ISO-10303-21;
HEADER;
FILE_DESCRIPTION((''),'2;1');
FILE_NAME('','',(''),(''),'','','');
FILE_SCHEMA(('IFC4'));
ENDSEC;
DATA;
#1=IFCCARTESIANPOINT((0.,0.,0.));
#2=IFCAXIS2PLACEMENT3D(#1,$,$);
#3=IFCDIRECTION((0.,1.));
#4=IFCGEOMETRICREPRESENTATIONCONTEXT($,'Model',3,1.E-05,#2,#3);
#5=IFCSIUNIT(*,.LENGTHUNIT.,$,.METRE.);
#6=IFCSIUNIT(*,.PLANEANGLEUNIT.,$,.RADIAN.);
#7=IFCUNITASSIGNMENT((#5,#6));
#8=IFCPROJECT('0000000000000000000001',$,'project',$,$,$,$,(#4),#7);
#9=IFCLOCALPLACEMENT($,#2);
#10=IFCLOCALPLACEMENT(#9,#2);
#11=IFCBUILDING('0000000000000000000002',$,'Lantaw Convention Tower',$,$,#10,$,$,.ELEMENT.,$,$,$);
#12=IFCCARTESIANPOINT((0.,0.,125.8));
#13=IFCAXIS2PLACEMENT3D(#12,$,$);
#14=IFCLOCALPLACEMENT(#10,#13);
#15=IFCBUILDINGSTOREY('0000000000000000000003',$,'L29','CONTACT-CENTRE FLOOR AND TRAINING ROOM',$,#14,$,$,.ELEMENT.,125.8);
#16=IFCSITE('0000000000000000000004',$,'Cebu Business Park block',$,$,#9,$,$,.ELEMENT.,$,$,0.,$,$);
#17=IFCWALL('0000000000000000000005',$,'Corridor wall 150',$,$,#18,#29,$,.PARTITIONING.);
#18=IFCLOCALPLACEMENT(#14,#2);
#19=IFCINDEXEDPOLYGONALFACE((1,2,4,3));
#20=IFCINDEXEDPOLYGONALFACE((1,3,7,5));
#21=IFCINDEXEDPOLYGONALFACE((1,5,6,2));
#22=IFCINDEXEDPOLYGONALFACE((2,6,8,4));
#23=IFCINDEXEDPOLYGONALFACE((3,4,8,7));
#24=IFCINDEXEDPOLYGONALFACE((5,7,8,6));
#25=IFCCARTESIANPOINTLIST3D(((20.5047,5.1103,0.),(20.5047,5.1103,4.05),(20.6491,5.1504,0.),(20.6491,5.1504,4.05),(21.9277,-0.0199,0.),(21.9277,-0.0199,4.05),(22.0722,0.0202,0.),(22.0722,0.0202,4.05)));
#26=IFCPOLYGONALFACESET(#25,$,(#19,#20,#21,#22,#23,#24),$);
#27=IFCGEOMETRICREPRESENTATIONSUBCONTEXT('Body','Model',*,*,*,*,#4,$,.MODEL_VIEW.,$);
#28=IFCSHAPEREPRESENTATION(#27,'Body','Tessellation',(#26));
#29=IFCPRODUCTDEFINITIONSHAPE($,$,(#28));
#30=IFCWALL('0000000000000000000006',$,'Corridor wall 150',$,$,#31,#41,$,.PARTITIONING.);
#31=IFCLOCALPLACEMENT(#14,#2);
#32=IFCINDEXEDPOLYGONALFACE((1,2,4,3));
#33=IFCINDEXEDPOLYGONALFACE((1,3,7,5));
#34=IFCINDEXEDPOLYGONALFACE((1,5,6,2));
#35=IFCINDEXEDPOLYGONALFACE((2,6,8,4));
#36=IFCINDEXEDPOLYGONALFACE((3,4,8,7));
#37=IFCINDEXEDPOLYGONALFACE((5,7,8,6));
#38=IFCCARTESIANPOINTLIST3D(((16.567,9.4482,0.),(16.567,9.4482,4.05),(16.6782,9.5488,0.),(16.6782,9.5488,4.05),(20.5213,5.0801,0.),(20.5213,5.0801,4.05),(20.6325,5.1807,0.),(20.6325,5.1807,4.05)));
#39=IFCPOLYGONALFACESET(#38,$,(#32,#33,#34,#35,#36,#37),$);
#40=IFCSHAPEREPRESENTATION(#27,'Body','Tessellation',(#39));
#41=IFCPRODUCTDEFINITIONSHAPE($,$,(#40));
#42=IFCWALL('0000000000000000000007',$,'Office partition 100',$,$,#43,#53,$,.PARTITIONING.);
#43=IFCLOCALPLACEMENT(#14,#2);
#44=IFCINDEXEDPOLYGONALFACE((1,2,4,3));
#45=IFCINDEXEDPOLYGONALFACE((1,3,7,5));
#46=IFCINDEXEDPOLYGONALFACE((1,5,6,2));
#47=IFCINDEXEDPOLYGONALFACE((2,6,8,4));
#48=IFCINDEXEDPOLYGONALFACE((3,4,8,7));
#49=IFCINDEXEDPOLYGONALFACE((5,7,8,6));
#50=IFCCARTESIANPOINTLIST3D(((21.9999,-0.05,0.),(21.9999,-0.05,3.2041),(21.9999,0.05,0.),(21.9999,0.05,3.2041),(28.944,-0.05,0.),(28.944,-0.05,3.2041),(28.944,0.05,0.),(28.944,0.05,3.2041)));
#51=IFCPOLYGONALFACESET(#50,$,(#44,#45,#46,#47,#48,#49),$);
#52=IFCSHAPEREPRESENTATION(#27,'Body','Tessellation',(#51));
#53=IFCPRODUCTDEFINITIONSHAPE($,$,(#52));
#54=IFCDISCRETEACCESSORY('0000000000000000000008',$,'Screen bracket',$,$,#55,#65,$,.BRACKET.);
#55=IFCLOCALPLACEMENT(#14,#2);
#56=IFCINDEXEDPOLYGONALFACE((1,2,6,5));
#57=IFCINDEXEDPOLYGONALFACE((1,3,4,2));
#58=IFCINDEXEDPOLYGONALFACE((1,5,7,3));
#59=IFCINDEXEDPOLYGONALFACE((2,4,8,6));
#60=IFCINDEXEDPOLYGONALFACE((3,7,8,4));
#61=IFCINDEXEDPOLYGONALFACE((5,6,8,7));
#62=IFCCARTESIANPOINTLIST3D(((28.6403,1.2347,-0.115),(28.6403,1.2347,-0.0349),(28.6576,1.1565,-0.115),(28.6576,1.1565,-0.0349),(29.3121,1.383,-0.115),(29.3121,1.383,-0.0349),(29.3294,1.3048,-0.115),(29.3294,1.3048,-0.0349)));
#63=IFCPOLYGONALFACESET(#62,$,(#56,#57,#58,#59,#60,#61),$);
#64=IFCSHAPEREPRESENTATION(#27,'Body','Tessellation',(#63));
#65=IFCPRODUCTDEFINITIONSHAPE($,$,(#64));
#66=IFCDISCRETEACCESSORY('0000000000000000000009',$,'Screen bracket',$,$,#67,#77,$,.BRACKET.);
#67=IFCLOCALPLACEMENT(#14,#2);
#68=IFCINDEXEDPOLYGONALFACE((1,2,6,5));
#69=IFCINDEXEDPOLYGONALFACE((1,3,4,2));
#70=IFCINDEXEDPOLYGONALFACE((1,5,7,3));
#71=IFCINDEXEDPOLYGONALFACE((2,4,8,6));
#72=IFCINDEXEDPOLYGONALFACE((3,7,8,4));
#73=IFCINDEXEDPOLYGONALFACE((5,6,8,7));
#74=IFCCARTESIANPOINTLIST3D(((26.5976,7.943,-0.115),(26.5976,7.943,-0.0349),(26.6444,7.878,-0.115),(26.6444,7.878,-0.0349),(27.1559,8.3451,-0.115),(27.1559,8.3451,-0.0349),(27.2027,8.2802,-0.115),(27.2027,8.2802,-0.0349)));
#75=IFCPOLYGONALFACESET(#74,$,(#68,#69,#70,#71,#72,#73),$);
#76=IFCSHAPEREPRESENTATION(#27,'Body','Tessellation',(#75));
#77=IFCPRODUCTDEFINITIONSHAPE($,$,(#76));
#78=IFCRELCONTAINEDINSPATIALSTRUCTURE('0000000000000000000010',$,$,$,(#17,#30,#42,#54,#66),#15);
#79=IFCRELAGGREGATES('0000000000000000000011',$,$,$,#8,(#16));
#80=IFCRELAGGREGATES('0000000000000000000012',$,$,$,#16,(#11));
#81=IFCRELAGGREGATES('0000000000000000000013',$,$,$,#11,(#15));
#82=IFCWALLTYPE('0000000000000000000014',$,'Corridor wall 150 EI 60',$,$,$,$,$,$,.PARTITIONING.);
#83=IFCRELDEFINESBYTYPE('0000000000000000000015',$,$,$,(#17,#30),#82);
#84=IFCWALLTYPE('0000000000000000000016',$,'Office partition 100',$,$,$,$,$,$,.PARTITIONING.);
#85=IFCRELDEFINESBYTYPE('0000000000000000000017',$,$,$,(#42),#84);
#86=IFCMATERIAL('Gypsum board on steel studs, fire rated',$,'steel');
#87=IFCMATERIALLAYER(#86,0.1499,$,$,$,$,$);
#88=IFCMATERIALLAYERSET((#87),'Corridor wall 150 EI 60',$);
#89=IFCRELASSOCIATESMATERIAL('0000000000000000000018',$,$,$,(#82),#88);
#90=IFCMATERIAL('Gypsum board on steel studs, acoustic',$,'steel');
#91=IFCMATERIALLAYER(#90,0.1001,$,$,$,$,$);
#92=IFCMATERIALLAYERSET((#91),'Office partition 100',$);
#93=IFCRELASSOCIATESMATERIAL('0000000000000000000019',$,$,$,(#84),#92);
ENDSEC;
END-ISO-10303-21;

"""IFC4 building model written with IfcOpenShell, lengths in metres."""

from ifc_helpers import new_model, si_unit, direction, frame, frame_2d, origin, origin_2d, place, context, subcontext, project, spatial, rectangle, extrude, material, layer, layer_set, type_object, element, save


model = new_model("IFC4")

# Units and contexts
model_context = context("Model", 3, precision=1e-05, world=origin(), true_north=direction((0.0, 1.0)))
body_context = subcontext(model_context, "Body", "Model", "MODEL_VIEW")
ifc_project = project(units=[si_unit("LENGTHUNIT", "METRE"), si_unit("PLANEANGLEUNIT", "RADIAN")], contexts=[model_context])

# Site, building, storey
site_placement = place(None, origin())
site = spatial("IfcSite", under=ifc_project, at=site_placement, Name="Cebu Business Park block", CompositionType="ELEMENT", RefElevation=0.0)
building_placement = place(site_placement, origin())
building = spatial("IfcBuilding", under=site, at=building_placement, Name="Lantaw Convention Tower", CompositionType="ELEMENT")
storey_placement = place(building_placement, frame((0.0, 0.0, 125.8)))
storey = spatial("IfcBuildingStorey", under=building, at=storey_placement, Name="L29", Description="CONTACT-CENTRE FLOOR AND TRAINING ROOM", CompositionType="ELEMENT", Elevation=125.8)

# Walls
ifc_material_1 = material(Name="Gypsum board on steel studs, fire rated", Category="steel")
ifc_layer_1 = layer(ifc_material_1, 0.1499)
ifc_layer_set_1 = layer_set([ifc_layer_1], Name="Corridor wall 150 EI 60")
wall_type_1 = type_object("IfcWallType", Name="Corridor wall 150 EI 60", PredefinedType="PARTITIONING", material=ifc_layer_set_1)
wall_1_placement = place(storey_placement, frame((22.0, 0.0, 0.0), z_axis=(0.0, 0.0, 1.0), x_axis=(-0.267294, 0.963615, 0.0)))
element("IfcWall", 1, at=wall_1_placement, inside=storey, type_object=wall_type_1, Name="Corridor wall 150", PredefinedType="PARTITIONING", context=body_context, shape_type="SweptSolid", body=[
    extrude(rectangle(XDim=5.324, YDim=0.1499, at=frame_2d((2.6621, 0.0))), origin(), (0.0, 0.0, 1.0), 4.05),
])
wall_2_placement = place(storey_placement, frame((20.5769, 5.1304, 0.0), z_axis=(0.0, 0.0, 1.0), x_axis=(-0.671118, 0.74135, 0.0)))
element("IfcWall", 2, at=wall_2_placement, inside=storey, type_object=wall_type_1, Name="Corridor wall 150", PredefinedType="PARTITIONING", context=body_context, shape_type="SweptSolid", body=[
    extrude(rectangle(XDim=5.8921, YDim=0.1499, at=frame_2d((2.946, 0.0))), origin(), (0.0, 0.0, 1.0), 4.05),
])
ifc_material_2 = material(Name="Gypsum board on steel studs, acoustic", Category="steel")
ifc_layer_2 = layer(ifc_material_2, 0.1001)
ifc_layer_set_2 = layer_set([ifc_layer_2], Name="Office partition 100")
wall_type_2 = type_object("IfcWallType", Name="Office partition 100", PredefinedType="PARTITIONING", material=ifc_layer_set_2)
wall_3_placement = place(storey_placement, frame((28.9441, 0.0, 0.0), z_axis=(0.0, 0.0, 1.0), x_axis=(-1.0, 0.0, 0.0)))
element("IfcWall", 3, at=wall_3_placement, inside=storey, type_object=wall_type_2, Name="Office partition 100", PredefinedType="PARTITIONING", context=body_context, shape_type="SweptSolid", body=[
    extrude(rectangle(XDim=6.9441, YDim=0.1001, at=frame_2d((3.4722, 0.0))), origin(), (0.0, 0.0, 1.0), 3.2041),
])

# Discrete accessories
for number, where, z_axis, x_axis, name in (
    (4, (28.9849, 1.2698, -0.115), (0.0, 0.0, 1.0), (-0.215546, 0.976494, 0.0), "Screen bracket"),
    (5, (26.9001, 8.1116, -0.115), (0.0, 0.0, 1.0), (-0.584513, 0.811385, 0.0), "Screen bracket"),
):
    element("IfcDiscreteAccessory", number, at=place(storey_placement, frame(where, z_axis=z_axis, x_axis=x_axis)), inside=storey, Name=name, PredefinedType="BRACKET", context=body_context, shape_type="SweptSolid", body=[
        extrude(rectangle(XDim=0.0801, YDim=0.688, at=origin_2d()), origin(), (0.0, 0.0, 1.0), 0.0801),
    ])

save(model, "model.ifc")
